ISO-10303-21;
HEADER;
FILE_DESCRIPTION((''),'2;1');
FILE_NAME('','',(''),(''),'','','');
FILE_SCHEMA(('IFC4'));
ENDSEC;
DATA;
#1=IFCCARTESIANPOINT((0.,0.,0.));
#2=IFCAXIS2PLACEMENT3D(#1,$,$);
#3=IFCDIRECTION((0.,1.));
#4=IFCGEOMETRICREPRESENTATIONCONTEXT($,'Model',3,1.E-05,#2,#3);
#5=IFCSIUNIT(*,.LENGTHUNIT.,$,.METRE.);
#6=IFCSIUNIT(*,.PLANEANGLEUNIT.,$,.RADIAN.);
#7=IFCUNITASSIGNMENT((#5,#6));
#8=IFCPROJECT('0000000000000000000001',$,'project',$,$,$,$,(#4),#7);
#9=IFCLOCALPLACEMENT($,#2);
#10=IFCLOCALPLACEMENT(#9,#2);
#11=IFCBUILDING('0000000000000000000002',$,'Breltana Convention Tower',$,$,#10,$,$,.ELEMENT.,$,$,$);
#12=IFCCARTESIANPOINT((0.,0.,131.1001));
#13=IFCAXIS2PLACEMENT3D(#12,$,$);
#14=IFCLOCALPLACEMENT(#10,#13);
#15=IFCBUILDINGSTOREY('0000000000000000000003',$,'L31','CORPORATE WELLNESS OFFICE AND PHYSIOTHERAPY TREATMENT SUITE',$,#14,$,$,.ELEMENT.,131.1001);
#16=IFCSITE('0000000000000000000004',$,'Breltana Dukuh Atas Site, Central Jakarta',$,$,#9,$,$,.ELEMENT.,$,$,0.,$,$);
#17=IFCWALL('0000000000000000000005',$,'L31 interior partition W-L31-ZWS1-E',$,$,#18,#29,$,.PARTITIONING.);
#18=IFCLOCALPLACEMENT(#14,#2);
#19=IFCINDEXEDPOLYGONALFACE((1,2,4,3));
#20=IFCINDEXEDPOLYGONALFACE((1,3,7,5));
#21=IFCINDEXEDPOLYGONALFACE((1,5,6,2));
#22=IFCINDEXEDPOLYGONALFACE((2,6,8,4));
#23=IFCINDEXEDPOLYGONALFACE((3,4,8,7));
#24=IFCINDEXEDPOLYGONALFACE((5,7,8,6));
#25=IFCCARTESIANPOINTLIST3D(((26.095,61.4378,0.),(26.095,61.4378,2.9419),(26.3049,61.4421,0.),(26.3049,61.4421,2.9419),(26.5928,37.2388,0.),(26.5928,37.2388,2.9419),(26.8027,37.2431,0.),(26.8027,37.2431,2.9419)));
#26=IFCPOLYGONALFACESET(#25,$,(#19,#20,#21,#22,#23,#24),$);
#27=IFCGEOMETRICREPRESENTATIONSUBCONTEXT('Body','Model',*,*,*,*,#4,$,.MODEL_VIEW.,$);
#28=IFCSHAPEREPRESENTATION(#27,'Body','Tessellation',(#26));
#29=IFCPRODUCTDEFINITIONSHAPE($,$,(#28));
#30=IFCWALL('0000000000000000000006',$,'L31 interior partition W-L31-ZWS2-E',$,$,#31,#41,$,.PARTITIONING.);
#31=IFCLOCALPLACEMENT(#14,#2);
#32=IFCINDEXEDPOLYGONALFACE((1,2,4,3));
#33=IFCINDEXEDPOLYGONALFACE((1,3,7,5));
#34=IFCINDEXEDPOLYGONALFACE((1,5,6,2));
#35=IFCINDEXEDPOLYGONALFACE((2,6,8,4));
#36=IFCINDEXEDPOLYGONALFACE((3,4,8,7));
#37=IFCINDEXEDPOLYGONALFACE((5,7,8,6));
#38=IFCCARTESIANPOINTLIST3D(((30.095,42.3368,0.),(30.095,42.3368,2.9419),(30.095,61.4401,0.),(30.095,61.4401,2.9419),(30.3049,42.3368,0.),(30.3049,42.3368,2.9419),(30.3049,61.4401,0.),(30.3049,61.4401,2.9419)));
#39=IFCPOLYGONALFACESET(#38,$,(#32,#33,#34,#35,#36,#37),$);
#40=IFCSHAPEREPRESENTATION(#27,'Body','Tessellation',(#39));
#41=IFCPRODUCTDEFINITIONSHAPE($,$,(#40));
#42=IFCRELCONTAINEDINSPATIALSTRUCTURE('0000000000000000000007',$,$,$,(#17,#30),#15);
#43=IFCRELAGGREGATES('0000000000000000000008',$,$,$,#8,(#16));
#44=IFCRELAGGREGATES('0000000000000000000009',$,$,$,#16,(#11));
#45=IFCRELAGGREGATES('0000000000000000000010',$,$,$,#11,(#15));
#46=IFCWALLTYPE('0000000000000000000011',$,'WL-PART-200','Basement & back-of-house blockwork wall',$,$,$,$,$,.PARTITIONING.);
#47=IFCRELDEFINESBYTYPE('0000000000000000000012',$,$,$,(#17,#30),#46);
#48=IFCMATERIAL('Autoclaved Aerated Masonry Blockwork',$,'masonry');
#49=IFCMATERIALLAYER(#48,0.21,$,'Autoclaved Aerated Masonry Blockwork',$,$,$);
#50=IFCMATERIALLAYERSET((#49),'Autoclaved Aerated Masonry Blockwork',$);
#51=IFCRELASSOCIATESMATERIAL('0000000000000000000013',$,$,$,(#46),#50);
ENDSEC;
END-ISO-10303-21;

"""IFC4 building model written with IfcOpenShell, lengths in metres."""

from ifc_helpers import new_model, si_unit, direction, frame, frame_2d, origin, place, context, subcontext, project, spatial, rectangle, extrude, source, transform, mapped, material, layer, layer_set, type_object, element, save


model = new_model("IFC4")

# Units and contexts
model_context = context("Model", 3, precision=1e-05, world=origin(), true_north=direction((0.0, 1.0)))
body_context = subcontext(model_context, "Body", "Model", "MODEL_VIEW")
ifc_project = project(units=[si_unit("LENGTHUNIT", "METRE"), si_unit("PLANEANGLEUNIT", "RADIAN")], contexts=[model_context])

# Site, building, storey
site_placement = place(None, origin())
site = spatial("IfcSite", under=ifc_project, at=site_placement, Name="Breltana Dukuh Atas Site, Central Jakarta", CompositionType="ELEMENT", RefElevation=0.0)
building_placement = place(site_placement, origin())
building = spatial("IfcBuilding", under=site, at=building_placement, Name="Breltana Convention Tower", CompositionType="ELEMENT")
storey_placement = place(building_placement, frame((0.0, 0.0, 131.1001)))
storey = spatial("IfcBuildingStorey", under=building, at=storey_placement, Name="L31", Description="CORPORATE WELLNESS OFFICE AND PHYSIOTHERAPY TREATMENT SUITE", CompositionType="ELEMENT", Elevation=131.1001)

# Walls
ifc_material_1 = material(Name="Autoclaved Aerated Masonry Blockwork", Category="masonry")
ifc_layer_1 = layer(ifc_material_1, 0.21, Name="Autoclaved Aerated Masonry Blockwork")
ifc_layer_set_1 = layer_set([ifc_layer_1], Name="Autoclaved Aerated Masonry Blockwork")
wall_type_1 = type_object("IfcWallType", Name="WL-PART-200", Description="Basement & back-of-house blockwork wall", PredefinedType="PARTITIONING", material=ifc_layer_set_1)
shared_shape_1 = source(origin(), body_context, "Body", "SweptSolid", [
    extrude(rectangle(XDim=24.2041, YDim=0.21, at=frame_2d((12.1021, 0.0))), origin(), (0.0, 0.0, 1.0), 2.9419),
])
wall_1_placement = place(storey_placement, frame((26.6978, 37.241, 0.0), z_axis=(0.0, 0.0, 1.0), x_axis=(-0.020567, 0.999788, 0.0)))
element("IfcWall", 1, at=wall_1_placement, inside=storey, type_object=wall_type_1, Name="L31 interior partition W-L31-ZWS1-E", PredefinedType="PARTITIONING", context=body_context, shape_type="MappedRepresentation", body=[
    mapped(shared_shape_1, transform((0.0, 0.0, 0.0), scale=1.0)),
])
shared_shape_2 = source(origin(), body_context, "Body", "SweptSolid", [
    extrude(rectangle(XDim=19.1033, YDim=0.21, at=frame_2d((9.5518, 0.0))), origin(), (0.0, 0.0, 1.0), 2.9419),
])
wall_2_placement = place(storey_placement, frame((30.2, 42.3367, 0.0), z_axis=(0.0, 0.0, 1.0), x_axis=(0.0, 1.0, 0.0)))
element("IfcWall", 2, at=wall_2_placement, inside=storey, type_object=wall_type_1, Name="L31 interior partition W-L31-ZWS2-E", PredefinedType="PARTITIONING", context=body_context, shape_type="MappedRepresentation", body=[
    mapped(shared_shape_2, transform((0.0, 0.0, 0.0), scale=1.0)),
])

save(model, "model.ifc")
